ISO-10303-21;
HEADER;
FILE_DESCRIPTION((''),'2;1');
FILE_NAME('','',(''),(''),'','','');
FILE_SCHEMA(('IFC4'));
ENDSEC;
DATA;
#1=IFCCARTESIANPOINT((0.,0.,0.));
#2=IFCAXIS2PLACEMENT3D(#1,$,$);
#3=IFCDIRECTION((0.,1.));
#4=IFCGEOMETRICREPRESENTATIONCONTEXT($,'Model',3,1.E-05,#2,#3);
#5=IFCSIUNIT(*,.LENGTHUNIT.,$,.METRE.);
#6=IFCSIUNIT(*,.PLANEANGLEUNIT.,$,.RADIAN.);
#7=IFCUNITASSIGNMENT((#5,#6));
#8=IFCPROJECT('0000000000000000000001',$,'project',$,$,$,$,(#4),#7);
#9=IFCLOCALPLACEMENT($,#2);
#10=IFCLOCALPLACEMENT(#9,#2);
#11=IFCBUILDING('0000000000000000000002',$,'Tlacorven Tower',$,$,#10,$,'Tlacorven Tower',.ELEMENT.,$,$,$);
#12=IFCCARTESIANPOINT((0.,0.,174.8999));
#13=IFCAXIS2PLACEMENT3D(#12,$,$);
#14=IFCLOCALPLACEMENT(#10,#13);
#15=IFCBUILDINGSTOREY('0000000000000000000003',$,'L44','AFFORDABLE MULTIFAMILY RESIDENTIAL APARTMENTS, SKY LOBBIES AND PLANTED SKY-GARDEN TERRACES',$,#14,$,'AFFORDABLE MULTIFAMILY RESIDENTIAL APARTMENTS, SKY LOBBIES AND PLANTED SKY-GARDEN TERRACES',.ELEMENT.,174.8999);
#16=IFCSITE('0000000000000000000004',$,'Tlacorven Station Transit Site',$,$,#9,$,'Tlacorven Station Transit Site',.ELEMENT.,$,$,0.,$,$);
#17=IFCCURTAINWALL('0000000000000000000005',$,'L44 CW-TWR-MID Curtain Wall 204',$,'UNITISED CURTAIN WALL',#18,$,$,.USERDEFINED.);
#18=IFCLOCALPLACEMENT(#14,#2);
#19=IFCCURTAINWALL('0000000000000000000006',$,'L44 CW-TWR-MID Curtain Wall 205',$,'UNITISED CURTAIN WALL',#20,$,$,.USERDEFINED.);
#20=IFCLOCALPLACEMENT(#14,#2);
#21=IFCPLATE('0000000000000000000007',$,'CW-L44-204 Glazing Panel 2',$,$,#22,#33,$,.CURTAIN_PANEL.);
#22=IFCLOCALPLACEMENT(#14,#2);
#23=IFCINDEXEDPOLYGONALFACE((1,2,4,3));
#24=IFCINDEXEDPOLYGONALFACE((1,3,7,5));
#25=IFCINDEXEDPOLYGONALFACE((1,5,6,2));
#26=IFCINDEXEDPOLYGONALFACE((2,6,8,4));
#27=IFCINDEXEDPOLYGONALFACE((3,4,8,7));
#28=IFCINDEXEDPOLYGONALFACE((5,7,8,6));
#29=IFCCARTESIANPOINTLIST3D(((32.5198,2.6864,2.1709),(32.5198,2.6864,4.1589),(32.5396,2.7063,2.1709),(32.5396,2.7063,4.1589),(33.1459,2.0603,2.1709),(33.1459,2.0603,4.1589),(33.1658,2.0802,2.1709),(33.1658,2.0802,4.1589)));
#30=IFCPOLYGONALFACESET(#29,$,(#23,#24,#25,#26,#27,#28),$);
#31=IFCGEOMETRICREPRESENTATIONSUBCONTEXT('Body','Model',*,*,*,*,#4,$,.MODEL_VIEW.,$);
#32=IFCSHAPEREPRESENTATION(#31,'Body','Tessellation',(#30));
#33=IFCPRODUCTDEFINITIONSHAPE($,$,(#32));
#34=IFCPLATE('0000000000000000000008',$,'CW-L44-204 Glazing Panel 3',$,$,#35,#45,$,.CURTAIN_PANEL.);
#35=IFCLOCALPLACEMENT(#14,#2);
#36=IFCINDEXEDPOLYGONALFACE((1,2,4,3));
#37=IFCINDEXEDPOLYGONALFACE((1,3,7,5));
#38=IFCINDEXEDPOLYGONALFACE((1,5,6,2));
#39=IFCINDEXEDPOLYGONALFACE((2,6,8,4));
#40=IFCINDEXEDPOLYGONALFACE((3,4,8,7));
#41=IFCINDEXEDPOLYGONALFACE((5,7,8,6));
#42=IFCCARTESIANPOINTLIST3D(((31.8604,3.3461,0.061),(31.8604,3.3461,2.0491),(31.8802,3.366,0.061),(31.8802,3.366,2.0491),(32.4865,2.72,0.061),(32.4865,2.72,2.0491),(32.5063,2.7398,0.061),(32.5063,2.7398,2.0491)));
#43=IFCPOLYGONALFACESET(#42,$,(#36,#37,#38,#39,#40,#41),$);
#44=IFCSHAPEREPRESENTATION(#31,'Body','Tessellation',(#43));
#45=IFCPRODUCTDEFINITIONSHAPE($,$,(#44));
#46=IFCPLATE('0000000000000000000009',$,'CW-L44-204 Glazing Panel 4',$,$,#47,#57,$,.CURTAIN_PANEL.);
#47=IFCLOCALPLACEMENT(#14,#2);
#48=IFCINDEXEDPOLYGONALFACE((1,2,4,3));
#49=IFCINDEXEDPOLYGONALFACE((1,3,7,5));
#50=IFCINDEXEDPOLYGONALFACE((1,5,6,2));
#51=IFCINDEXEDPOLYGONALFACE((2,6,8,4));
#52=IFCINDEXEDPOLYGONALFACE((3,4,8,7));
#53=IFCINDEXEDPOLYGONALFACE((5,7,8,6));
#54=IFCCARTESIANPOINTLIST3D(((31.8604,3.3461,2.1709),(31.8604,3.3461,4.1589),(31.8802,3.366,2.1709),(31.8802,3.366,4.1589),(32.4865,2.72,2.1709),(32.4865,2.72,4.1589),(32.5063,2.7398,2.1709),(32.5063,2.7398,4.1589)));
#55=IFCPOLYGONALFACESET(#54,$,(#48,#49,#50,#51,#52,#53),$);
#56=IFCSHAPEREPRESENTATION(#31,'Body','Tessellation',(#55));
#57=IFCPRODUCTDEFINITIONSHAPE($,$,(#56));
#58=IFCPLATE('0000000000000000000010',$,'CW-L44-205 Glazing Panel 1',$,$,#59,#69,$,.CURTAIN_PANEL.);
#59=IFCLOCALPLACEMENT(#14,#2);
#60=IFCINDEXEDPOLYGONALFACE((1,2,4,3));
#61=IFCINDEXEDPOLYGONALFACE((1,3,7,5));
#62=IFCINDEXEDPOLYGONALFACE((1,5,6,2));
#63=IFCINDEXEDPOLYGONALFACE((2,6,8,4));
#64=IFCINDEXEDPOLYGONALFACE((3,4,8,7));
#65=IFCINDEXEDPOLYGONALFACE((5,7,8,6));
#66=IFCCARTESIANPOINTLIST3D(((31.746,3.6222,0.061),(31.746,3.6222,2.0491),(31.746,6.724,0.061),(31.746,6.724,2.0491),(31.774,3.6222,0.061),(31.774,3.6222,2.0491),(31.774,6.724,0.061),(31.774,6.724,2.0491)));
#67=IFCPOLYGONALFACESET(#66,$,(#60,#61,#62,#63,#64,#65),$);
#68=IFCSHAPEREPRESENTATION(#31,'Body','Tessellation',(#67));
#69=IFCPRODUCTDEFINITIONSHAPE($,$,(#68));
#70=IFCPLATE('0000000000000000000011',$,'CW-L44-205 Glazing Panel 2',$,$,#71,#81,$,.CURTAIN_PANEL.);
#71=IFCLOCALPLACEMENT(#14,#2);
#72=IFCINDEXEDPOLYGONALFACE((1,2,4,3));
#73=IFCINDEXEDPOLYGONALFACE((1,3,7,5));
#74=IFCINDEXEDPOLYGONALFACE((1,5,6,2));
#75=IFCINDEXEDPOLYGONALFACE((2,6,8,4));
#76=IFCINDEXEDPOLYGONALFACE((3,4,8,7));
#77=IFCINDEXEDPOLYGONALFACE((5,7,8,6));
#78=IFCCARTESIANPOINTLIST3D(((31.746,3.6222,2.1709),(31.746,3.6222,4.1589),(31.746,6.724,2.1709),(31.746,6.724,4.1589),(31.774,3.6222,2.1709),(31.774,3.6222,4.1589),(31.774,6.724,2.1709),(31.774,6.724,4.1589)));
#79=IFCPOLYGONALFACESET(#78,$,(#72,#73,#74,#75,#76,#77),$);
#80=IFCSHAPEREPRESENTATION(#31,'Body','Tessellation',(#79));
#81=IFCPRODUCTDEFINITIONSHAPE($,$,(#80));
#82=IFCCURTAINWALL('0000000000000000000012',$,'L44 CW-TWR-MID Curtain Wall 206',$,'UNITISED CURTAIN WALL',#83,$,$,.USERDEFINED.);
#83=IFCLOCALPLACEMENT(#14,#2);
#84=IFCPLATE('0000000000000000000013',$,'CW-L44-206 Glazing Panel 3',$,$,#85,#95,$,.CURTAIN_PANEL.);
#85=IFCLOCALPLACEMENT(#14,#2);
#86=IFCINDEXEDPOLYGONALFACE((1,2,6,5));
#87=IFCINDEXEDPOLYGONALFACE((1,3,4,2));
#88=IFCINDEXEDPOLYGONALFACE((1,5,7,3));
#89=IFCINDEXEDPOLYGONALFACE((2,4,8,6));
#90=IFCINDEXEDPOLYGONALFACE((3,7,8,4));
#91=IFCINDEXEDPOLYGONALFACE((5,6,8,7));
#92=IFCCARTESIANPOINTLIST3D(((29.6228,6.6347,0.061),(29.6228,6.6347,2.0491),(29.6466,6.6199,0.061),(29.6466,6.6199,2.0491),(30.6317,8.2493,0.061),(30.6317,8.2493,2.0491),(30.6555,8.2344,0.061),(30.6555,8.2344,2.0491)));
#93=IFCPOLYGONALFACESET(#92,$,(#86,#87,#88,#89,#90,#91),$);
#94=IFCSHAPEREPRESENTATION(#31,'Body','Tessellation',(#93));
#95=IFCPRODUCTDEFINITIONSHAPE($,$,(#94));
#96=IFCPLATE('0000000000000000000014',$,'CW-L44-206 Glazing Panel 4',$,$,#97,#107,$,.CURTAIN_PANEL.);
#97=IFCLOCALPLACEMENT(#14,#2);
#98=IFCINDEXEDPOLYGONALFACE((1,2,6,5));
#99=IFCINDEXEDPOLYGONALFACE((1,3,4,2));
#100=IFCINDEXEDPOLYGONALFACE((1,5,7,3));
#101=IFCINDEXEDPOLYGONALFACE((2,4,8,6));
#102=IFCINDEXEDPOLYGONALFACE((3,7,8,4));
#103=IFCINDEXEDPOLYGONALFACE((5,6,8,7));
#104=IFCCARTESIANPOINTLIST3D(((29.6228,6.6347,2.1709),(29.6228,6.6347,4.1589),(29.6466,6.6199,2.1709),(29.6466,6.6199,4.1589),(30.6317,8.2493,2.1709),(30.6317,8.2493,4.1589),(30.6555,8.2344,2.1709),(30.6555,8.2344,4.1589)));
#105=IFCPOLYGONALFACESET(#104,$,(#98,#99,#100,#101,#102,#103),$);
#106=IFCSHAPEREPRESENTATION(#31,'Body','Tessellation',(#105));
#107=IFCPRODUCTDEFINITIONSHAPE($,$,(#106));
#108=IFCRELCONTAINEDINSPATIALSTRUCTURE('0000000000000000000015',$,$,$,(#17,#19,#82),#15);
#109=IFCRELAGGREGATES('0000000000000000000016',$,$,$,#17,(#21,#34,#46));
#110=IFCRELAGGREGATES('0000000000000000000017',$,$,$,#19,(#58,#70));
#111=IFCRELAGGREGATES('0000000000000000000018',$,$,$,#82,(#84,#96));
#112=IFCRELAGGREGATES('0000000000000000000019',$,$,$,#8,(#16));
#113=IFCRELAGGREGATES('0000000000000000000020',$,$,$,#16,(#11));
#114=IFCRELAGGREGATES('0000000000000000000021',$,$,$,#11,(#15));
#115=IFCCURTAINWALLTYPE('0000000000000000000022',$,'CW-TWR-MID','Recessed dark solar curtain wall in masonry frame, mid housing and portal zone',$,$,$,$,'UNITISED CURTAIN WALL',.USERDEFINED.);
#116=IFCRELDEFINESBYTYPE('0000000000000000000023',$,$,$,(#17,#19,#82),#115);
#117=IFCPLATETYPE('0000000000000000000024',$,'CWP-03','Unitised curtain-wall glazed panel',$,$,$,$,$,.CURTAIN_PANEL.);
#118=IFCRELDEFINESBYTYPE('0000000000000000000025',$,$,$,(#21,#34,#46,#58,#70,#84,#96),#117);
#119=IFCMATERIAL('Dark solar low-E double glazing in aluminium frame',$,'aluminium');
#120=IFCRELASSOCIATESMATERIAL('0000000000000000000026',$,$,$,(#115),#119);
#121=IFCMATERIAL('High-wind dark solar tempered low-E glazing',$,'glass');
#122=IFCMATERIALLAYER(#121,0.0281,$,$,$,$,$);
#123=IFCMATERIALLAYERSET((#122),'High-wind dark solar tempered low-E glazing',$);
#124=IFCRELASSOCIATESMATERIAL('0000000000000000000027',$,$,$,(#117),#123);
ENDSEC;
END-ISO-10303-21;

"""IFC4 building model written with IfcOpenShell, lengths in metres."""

from ifc_helpers import new_model, si_unit, direction, frame, origin, origin_2d, place, context, subcontext, project, spatial, rectangle, extrude, source, transform, mapped, material, layer, layer_set, type_object, element, aggregate, save


model = new_model("IFC4")

# Units and contexts
model_context = context("Model", 3, precision=1e-05, world=origin(), true_north=direction((0.0, 1.0)))
body_context = subcontext(model_context, "Body", "Model", "MODEL_VIEW")
ifc_project = project(units=[si_unit("LENGTHUNIT", "METRE"), si_unit("PLANEANGLEUNIT", "RADIAN")], contexts=[model_context])

# Site, building, storey
site_placement = place(None, origin())
site = spatial("IfcSite", under=ifc_project, at=site_placement, Name="Tlacorven Station Transit Site", LongName="Tlacorven Station Transit Site", CompositionType="ELEMENT", RefElevation=0.0)
building_placement = place(site_placement, origin())
building = spatial("IfcBuilding", under=site, at=building_placement, Name="Tlacorven Tower", LongName="Tlacorven Tower", CompositionType="ELEMENT")
storey_placement = place(building_placement, frame((0.0, 0.0, 174.8999)))
storey = spatial("IfcBuildingStorey", under=building, at=storey_placement, Name="L44", Description="AFFORDABLE MULTIFAMILY RESIDENTIAL APARTMENTS, SKY LOBBIES AND PLANTED SKY-GARDEN TERRACES", LongName="AFFORDABLE MULTIFAMILY RESIDENTIAL APARTMENTS, SKY LOBBIES AND PLANTED SKY-GARDEN TERRACES", CompositionType="ELEMENT", Elevation=174.8999)

# Curtain wall
ifc_material_1 = material(Name="Dark solar low-E double glazing in aluminium frame", Category="aluminium")
curtain_wall_type = type_object("IfcCurtainWallType", Name="CW-TWR-MID", Description="Recessed dark solar curtain wall in masonry frame, mid housing and portal zone", ElementType="UNITISED CURTAIN WALL", PredefinedType="USERDEFINED", material=ifc_material_1)
curtain_wall_1_placement = place(storey_placement, origin())
curtain_wall_1 = element("IfcCurtainWall", 1, at=curtain_wall_1_placement, inside=storey, type_object=curtain_wall_type, Name="L44 CW-TWR-MID Curtain Wall 204", ObjectType="UNITISED CURTAIN WALL", PredefinedType="USERDEFINED")

# Curtain wall
curtain_wall_2_placement = place(storey_placement, origin())
curtain_wall_2 = element("IfcCurtainWall", 2, at=curtain_wall_2_placement, inside=storey, type_object=curtain_wall_type, Name="L44 CW-TWR-MID Curtain Wall 205", ObjectType="UNITISED CURTAIN WALL", PredefinedType="USERDEFINED")

# Plates
ifc_material_2 = material(Name="High-wind dark solar tempered low-E glazing", Category="glass")
ifc_layer_1 = layer(ifc_material_2, 0.0281)
ifc_layer_set_1 = layer_set([ifc_layer_1], Name="High-wind dark solar tempered low-E glazing")
plate_type_1 = type_object("IfcPlateType", Name="CWP-03", Description="Unitised curtain-wall glazed panel", PredefinedType="CURTAIN_PANEL", material=ifc_layer_set_1)
shared_shape_1 = source(origin(), body_context, "Body", "SweptSolid", [
    extrude(rectangle(XDim=0.8855, YDim=0.0281, at=origin_2d()), origin(), (0.0, 0.0, 1.0), 1.988),
])
plate_1_placement = place(storey_placement, frame((32.8428, 2.3833, 2.1709), z_axis=(0.0, 0.0, 1.0), x_axis=(-0.707107, 0.707107, 0.0)))
plate_1 = element("IfcPlate", 3, at=plate_1_placement, type_object=plate_type_1, Name="CW-L44-204 Glazing Panel 2", PredefinedType="CURTAIN_PANEL", context=body_context, shape_type="MappedRepresentation", body=[
    mapped(shared_shape_1, transform((0.0, 0.0, 0.0), scale=1.0)),
])
plate_2_placement = place(storey_placement, frame((32.1833, 3.043, 0.061), z_axis=(0.0, 0.0, 1.0), x_axis=(-0.707107, 0.707107, 0.0)))
plate_2 = element("IfcPlate", 4, at=plate_2_placement, type_object=plate_type_1, Name="CW-L44-204 Glazing Panel 3", PredefinedType="CURTAIN_PANEL", context=body_context, shape_type="MappedRepresentation", body=[
    mapped(shared_shape_1, transform((0.0, 0.0, 0.0), scale=1.0)),
])
plate_3_placement = place(storey_placement, frame((32.1833, 3.043, 2.1709), z_axis=(0.0, 0.0, 1.0), x_axis=(-0.707107, 0.707107, 0.0)))
plate_3 = element("IfcPlate", 5, at=plate_3_placement, type_object=plate_type_1, Name="CW-L44-204 Glazing Panel 4", PredefinedType="CURTAIN_PANEL", context=body_context, shape_type="MappedRepresentation", body=[
    mapped(shared_shape_1, transform((0.0, 0.0, 0.0), scale=1.0)),
])
aggregate(curtain_wall_1, [plate_1, plate_2, plate_3])
shared_shape_2 = source(origin(), body_context, "Body", "SweptSolid", [
    extrude(rectangle(XDim=3.1018, YDim=0.0281, at=origin_2d()), origin(), (0.0, 0.0, 1.0), 1.988),
])
plate_4_placement = place(storey_placement, frame((31.76, 5.1731, 0.061), z_axis=(0.0, 0.0, 1.0), x_axis=(0.0, 1.0, 0.0)))
plate_4 = element("IfcPlate", 6, at=plate_4_placement, type_object=plate_type_1, Name="CW-L44-205 Glazing Panel 1", PredefinedType="CURTAIN_PANEL", context=body_context, shape_type="MappedRepresentation", body=[
    mapped(shared_shape_2, transform((0.0, 0.0, 0.0), scale=1.0)),
])
plate_5_placement = place(storey_placement, frame((31.76, 5.1731, 2.1709), z_axis=(0.0, 0.0, 1.0), x_axis=(0.0, 1.0, 0.0)))
plate_5 = element("IfcPlate", 7, at=plate_5_placement, type_object=plate_type_1, Name="CW-L44-205 Glazing Panel 2", PredefinedType="CURTAIN_PANEL", context=body_context, shape_type="MappedRepresentation", body=[
    mapped(shared_shape_2, transform((0.0, 0.0, 0.0), scale=1.0)),
])
aggregate(curtain_wall_2, [plate_4, plate_5])

# Curtain wall, plates
curtain_wall_3_placement = place(storey_placement, origin())
curtain_wall_3 = element("IfcCurtainWall", 8, at=curtain_wall_3_placement, inside=storey, type_object=curtain_wall_type, Name="L44 CW-TWR-MID Curtain Wall 206", ObjectType="UNITISED CURTAIN WALL", PredefinedType="USERDEFINED")
shared_shape_3 = source(origin(), body_context, "Body", "SweptSolid", [
    extrude(rectangle(XDim=1.9038, YDim=0.0281, at=origin_2d()), origin(), (0.0, 0.0, 1.0), 1.988),
])
plate_6_placement = place(storey_placement, frame((30.1392, 7.4346, 0.061), z_axis=(0.0, 0.0, 1.0), x_axis=(-0.529919, -0.848048, 0.0)))
plate_6 = element("IfcPlate", 9, at=plate_6_placement, type_object=plate_type_1, Name="CW-L44-206 Glazing Panel 3", PredefinedType="CURTAIN_PANEL", context=body_context, shape_type="MappedRepresentation", body=[
    mapped(shared_shape_3, transform((0.0, 0.0, 0.0), scale=1.0)),
])
plate_7_placement = place(storey_placement, frame((30.1392, 7.4346, 2.1709), z_axis=(0.0, 0.0, 1.0), x_axis=(-0.529919, -0.848048, 0.0)))
plate_7 = element("IfcPlate", 10, at=plate_7_placement, type_object=plate_type_1, Name="CW-L44-206 Glazing Panel 4", PredefinedType="CURTAIN_PANEL", context=body_context, shape_type="MappedRepresentation", body=[
    mapped(shared_shape_3, transform((0.0, 0.0, 0.0), scale=1.0)),
])
aggregate(curtain_wall_3, [plate_6, plate_7])

save(model, "model.ifc")
